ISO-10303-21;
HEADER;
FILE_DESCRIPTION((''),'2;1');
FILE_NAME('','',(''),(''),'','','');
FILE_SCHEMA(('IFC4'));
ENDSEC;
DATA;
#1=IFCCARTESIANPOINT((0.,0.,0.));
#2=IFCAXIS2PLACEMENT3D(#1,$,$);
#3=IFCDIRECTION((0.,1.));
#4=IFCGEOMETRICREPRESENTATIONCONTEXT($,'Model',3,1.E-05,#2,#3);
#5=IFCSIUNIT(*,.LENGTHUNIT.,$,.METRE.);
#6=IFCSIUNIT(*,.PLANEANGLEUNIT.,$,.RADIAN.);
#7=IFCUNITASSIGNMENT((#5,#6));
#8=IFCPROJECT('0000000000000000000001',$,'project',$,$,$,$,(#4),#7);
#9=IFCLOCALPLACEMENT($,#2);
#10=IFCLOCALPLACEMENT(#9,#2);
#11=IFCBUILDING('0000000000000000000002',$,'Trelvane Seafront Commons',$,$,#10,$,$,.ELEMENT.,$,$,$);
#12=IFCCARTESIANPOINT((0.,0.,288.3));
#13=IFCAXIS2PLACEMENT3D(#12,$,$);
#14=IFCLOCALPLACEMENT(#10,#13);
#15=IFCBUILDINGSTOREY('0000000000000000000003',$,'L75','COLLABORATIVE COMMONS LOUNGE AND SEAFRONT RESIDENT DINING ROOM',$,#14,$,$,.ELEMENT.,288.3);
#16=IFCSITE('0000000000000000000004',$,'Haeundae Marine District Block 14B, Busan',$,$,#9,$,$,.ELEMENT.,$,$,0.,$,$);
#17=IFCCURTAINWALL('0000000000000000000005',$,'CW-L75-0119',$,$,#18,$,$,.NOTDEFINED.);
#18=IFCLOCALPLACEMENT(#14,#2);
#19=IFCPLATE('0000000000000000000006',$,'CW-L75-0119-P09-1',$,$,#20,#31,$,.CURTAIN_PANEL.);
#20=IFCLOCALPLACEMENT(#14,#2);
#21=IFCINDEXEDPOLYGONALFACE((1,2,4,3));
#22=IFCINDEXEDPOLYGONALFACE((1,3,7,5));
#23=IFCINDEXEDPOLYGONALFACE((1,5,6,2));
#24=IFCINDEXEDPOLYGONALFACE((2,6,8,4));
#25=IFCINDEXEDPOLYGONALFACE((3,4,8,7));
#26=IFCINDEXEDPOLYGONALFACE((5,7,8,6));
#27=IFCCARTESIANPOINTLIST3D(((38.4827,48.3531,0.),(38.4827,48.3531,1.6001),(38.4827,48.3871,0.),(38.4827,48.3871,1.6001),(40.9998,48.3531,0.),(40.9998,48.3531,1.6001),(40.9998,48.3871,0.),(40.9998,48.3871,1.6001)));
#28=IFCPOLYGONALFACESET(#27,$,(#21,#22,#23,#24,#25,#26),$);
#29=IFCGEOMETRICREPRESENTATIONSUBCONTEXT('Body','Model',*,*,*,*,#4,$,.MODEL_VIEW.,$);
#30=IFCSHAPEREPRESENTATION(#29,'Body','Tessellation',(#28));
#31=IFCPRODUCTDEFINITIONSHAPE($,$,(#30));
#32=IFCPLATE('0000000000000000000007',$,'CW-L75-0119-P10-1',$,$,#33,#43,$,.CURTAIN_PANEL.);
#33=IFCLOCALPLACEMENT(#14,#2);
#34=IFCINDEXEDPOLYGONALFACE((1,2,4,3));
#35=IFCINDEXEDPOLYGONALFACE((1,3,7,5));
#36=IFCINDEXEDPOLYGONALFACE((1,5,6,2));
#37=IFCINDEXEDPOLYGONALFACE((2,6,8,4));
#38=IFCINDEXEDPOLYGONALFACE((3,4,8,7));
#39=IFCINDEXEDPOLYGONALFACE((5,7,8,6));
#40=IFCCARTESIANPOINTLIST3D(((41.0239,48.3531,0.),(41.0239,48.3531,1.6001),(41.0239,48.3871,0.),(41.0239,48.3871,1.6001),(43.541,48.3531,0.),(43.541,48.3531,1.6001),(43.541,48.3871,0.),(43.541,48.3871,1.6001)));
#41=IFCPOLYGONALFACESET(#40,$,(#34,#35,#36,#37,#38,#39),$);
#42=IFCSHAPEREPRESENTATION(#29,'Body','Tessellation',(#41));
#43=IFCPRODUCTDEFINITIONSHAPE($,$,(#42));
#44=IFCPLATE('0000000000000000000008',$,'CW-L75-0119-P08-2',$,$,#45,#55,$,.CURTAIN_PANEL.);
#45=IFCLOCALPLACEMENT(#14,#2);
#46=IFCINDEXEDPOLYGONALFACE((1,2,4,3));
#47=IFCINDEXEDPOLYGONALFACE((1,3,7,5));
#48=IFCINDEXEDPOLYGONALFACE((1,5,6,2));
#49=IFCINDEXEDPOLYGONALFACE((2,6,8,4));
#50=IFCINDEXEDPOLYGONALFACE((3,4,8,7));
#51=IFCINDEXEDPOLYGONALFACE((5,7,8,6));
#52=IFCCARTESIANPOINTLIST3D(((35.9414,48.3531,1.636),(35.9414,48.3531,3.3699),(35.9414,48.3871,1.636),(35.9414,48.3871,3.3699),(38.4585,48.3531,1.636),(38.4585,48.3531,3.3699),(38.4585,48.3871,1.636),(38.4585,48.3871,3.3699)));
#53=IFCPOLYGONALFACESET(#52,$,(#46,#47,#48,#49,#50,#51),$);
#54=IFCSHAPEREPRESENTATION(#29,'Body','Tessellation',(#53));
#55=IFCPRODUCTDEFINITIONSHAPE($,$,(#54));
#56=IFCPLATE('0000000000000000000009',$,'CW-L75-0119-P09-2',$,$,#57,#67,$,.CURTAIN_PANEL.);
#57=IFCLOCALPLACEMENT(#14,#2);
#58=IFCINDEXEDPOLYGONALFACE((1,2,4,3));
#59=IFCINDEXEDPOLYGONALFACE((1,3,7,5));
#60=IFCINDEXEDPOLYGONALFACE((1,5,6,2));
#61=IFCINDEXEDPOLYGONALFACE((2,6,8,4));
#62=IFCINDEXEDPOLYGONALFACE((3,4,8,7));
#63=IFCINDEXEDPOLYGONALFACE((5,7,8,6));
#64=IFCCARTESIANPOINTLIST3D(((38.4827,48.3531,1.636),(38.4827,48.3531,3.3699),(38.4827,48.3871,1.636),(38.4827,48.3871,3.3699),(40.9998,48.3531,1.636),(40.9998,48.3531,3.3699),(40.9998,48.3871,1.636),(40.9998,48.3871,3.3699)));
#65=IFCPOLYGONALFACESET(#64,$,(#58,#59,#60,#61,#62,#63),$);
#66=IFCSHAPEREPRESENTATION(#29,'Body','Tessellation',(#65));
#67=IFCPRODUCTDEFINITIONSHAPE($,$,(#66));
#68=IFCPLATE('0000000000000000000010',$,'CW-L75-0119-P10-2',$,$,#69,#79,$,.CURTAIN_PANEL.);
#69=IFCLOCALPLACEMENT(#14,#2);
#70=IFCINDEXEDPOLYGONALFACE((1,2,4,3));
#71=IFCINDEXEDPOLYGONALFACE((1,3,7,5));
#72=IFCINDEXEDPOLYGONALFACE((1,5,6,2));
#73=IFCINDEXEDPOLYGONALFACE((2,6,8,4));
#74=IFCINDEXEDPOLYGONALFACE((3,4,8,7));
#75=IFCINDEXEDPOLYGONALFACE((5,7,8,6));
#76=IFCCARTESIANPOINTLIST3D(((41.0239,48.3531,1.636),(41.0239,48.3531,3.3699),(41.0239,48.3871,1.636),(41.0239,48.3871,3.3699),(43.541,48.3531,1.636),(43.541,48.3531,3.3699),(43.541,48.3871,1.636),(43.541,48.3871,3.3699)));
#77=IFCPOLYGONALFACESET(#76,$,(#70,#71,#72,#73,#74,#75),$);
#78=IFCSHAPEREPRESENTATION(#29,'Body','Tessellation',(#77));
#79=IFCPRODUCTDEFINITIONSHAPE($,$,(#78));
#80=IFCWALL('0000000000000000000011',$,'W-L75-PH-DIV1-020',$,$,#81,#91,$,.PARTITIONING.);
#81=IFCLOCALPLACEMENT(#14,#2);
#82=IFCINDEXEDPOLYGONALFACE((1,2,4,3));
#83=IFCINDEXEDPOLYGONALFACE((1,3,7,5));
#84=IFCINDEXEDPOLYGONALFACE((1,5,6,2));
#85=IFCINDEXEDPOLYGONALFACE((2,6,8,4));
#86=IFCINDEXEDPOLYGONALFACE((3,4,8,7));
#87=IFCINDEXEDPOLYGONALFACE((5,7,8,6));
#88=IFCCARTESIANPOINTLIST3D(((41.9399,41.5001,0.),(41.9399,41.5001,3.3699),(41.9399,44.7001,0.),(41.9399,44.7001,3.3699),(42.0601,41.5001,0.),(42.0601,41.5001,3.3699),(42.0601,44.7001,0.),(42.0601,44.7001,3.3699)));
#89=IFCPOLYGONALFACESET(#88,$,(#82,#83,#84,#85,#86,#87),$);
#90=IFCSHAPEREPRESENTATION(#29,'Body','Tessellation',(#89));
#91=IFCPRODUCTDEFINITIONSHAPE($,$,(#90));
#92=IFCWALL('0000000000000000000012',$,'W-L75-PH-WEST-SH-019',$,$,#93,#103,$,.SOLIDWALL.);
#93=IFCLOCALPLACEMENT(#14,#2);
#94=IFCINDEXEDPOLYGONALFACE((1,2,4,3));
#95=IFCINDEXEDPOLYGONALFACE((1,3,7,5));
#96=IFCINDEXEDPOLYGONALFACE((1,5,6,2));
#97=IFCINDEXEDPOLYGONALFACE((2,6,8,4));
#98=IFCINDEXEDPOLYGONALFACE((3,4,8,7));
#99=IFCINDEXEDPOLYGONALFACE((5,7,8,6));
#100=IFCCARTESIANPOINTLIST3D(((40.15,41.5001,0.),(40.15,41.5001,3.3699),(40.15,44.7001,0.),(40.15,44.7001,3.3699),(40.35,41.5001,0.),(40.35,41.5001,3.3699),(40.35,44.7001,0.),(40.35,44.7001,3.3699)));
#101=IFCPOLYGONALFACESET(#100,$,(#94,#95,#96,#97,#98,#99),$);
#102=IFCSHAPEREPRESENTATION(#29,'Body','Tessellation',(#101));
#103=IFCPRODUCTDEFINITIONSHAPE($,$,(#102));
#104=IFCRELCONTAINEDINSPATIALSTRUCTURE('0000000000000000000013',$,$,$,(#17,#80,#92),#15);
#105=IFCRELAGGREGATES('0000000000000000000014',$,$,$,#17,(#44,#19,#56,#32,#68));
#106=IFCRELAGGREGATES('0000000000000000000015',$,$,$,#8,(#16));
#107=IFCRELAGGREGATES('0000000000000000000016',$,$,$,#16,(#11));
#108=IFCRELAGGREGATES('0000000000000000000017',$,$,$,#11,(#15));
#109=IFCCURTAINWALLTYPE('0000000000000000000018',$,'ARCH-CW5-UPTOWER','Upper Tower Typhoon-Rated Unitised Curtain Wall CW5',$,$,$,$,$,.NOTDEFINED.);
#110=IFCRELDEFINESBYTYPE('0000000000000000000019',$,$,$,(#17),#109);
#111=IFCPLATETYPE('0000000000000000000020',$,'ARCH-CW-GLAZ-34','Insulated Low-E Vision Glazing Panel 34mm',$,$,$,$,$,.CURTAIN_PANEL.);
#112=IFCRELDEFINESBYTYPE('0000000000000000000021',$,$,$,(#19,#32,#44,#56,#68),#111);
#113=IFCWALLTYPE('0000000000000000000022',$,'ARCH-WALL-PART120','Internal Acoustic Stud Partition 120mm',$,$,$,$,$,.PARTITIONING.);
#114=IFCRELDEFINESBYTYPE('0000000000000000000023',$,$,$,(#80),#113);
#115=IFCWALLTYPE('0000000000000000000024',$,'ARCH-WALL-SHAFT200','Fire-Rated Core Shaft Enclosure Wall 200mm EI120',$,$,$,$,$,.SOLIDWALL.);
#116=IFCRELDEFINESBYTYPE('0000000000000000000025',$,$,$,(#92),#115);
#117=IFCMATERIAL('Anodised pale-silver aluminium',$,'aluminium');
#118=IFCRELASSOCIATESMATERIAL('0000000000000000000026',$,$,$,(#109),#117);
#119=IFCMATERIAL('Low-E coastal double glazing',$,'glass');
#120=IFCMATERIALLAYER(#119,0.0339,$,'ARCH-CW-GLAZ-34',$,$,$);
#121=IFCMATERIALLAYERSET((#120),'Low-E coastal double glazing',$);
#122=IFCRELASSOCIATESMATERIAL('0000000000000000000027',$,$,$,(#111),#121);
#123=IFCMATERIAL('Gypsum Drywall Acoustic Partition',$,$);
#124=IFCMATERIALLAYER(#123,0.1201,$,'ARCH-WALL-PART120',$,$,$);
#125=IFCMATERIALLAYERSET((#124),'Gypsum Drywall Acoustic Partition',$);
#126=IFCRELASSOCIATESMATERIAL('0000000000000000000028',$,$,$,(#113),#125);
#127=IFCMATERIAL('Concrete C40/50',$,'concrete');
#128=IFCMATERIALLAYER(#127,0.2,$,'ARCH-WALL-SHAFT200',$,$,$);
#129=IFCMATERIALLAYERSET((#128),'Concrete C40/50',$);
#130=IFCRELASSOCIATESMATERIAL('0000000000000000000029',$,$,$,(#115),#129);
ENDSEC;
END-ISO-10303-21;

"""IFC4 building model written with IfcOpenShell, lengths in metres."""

from ifc_helpers import new_model, si_unit, direction, frame, frame_2d, origin, origin_2d, place, context, subcontext, project, spatial, rectangle, extrude, source, transform, mapped, material, layer, layer_set, type_object, element, aggregate, save


model = new_model("IFC4")

# Units and contexts
model_context = context("Model", 3, precision=1e-05, world=origin(), true_north=direction((0.0, 1.0)))
body_context = subcontext(model_context, "Body", "Model", "MODEL_VIEW")
ifc_project = project(units=[si_unit("LENGTHUNIT", "METRE"), si_unit("PLANEANGLEUNIT", "RADIAN")], contexts=[model_context])

# Site, building, storey
site_placement = place(None, origin())
site = spatial("IfcSite", under=ifc_project, at=site_placement, Name="Haeundae Marine District Block 14B, Busan", CompositionType="ELEMENT", RefElevation=0.0)
building_placement = place(site_placement, origin())
building = spatial("IfcBuilding", under=site, at=building_placement, Name="Trelvane Seafront Commons", CompositionType="ELEMENT")
storey_placement = place(building_placement, frame((0.0, 0.0, 288.3)))
storey = spatial("IfcBuildingStorey", under=building, at=storey_placement, Name="L75", Description="COLLABORATIVE COMMONS LOUNGE AND SEAFRONT RESIDENT DINING ROOM", CompositionType="ELEMENT", Elevation=288.3)

# Curtain wall
ifc_material_1 = material(Name="Anodised pale-silver aluminium", Category="aluminium")
curtain_wall_type = type_object("IfcCurtainWallType", Name="ARCH-CW5-UPTOWER", Description="Upper Tower Typhoon-Rated Unitised Curtain Wall CW5", PredefinedType="NOTDEFINED", material=ifc_material_1)
curtain_wall_placement = place(storey_placement, origin())
curtain_wall = element("IfcCurtainWall", 1, at=curtain_wall_placement, inside=storey, type_object=curtain_wall_type, Name="CW-L75-0119", PredefinedType="NOTDEFINED")

# Plates
ifc_material_2 = material(Name="Low-E coastal double glazing", Category="glass")
ifc_layer_1 = layer(ifc_material_2, 0.0339, Name="ARCH-CW-GLAZ-34")
ifc_layer_set_1 = layer_set([ifc_layer_1], Name="Low-E coastal double glazing")
plate_type_1 = type_object("IfcPlateType", Name="ARCH-CW-GLAZ-34", Description="Insulated Low-E Vision Glazing Panel 34mm", PredefinedType="CURTAIN_PANEL", material=ifc_layer_set_1)
shared_shape_1 = source(origin(), body_context, "Body", "SweptSolid", [
    extrude(rectangle(XDim=2.5171, YDim=0.0339, at=origin_2d()), origin(), (0.0, 0.0, 1.0), 1.6001),
])
plate_1_placement = place(storey_placement, frame((39.7412, 48.3701, 0.0), z_axis=(0.0, 0.0, 1.0), x_axis=(1.0, 0.0, 0.0)))
plate_1 = element("IfcPlate", 2, at=plate_1_placement, type_object=plate_type_1, Name="CW-L75-0119-P09-1", PredefinedType="CURTAIN_PANEL", context=body_context, shape_type="MappedRepresentation", body=[
    mapped(shared_shape_1, transform((0.0, 0.0, 0.0), x_axis=(1.0, 0.0, 0.0), y_axis=(0.0, 1.0, 0.0), z_axis=(0.0, 0.0, 1.0), scale=1.0)),
])
plate_2_placement = place(storey_placement, frame((42.2825, 48.3701, 0.0), z_axis=(0.0, 0.0, 1.0), x_axis=(1.0, 0.0, 0.0)))
plate_2 = element("IfcPlate", 3, at=plate_2_placement, type_object=plate_type_1, Name="CW-L75-0119-P10-1", PredefinedType="CURTAIN_PANEL", context=body_context, shape_type="MappedRepresentation", body=[
    mapped(shared_shape_1, transform((0.0, 0.0, 0.0), x_axis=(1.0, 0.0, 0.0), y_axis=(0.0, 1.0, 0.0), z_axis=(0.0, 0.0, 1.0), scale=1.0)),
])
shared_shape_2 = source(origin(), body_context, "Body", "SweptSolid", [
    extrude(rectangle(XDim=2.5171, YDim=0.0339, at=origin_2d()), origin(), (0.0, 0.0, 1.0), 1.7339),
])
plate_3_placement = place(storey_placement, frame((37.2, 48.3701, 1.636), z_axis=(0.0, 0.0, 1.0), x_axis=(1.0, 0.0, 0.0)))
plate_3 = element("IfcPlate", 4, at=plate_3_placement, type_object=plate_type_1, Name="CW-L75-0119-P08-2", PredefinedType="CURTAIN_PANEL", context=body_context, shape_type="MappedRepresentation", body=[
    mapped(shared_shape_2, transform((0.0, 0.0, 0.0), x_axis=(1.0, 0.0, 0.0), y_axis=(0.0, 1.0, 0.0), z_axis=(0.0, 0.0, 1.0), scale=1.0)),
])
plate_4_placement = place(storey_placement, frame((39.7412, 48.3701, 1.636), z_axis=(0.0, 0.0, 1.0), x_axis=(1.0, 0.0, 0.0)))
plate_4 = element("IfcPlate", 5, at=plate_4_placement, type_object=plate_type_1, Name="CW-L75-0119-P09-2", PredefinedType="CURTAIN_PANEL", context=body_context, shape_type="MappedRepresentation", body=[
    mapped(shared_shape_2, transform((0.0, 0.0, 0.0), x_axis=(1.0, 0.0, 0.0), y_axis=(0.0, 1.0, 0.0), z_axis=(0.0, 0.0, 1.0), scale=1.0)),
])
plate_5_placement = place(storey_placement, frame((42.2825, 48.3701, 1.636), z_axis=(0.0, 0.0, 1.0), x_axis=(1.0, 0.0, 0.0)))
plate_5 = element("IfcPlate", 6, at=plate_5_placement, type_object=plate_type_1, Name="CW-L75-0119-P10-2", PredefinedType="CURTAIN_PANEL", context=body_context, shape_type="MappedRepresentation", body=[
    mapped(shared_shape_2, transform((0.0, 0.0, 0.0), x_axis=(1.0, 0.0, 0.0), y_axis=(0.0, 1.0, 0.0), z_axis=(0.0, 0.0, 1.0), scale=1.0)),
])
aggregate(curtain_wall, [plate_3, plate_1, plate_4, plate_2, plate_5])

# Wall
ifc_material_3 = material(Name="Gypsum Drywall Acoustic Partition")
ifc_layer_2 = layer(ifc_material_3, 0.1201, Name="ARCH-WALL-PART120")
ifc_layer_set_2 = layer_set([ifc_layer_2], Name="Gypsum Drywall Acoustic Partition")
wall_type_1 = type_object("IfcWallType", Name="ARCH-WALL-PART120", Description="Internal Acoustic Stud Partition 120mm", PredefinedType="PARTITIONING", material=ifc_layer_set_2)
wall_1_placement = place(storey_placement, frame((42.0, 41.5, 0.0), z_axis=(0.0, 0.0, 1.0), x_axis=(0.0, 1.0, 0.0)))
element("IfcWall", 7, at=wall_1_placement, inside=storey, type_object=wall_type_1, Name="W-L75-PH-DIV1-020", PredefinedType="PARTITIONING", context=body_context, shape_type="SweptSolid", body=[
    extrude(rectangle(XDim=3.2, YDim=0.1201, at=frame_2d((1.6001, 0.0))), origin(), (0.0, 0.0, 1.0), 3.3699),
])

# Shared definitions
ifc_material_4 = material(Name="Concrete C40/50", Category="concrete")
ifc_layer_3 = layer(ifc_material_4, 0.2, Name="ARCH-WALL-SHAFT200")
ifc_layer_set_3 = layer_set([ifc_layer_3], Name="Concrete C40/50")
wall_type_2 = type_object("IfcWallType", Name="ARCH-WALL-SHAFT200", Description="Fire-Rated Core Shaft Enclosure Wall 200mm EI120", PredefinedType="SOLIDWALL", material=ifc_layer_set_3)

# Wall
wall_2_placement = place(storey_placement, frame((40.25, 41.5, 0.0), z_axis=(0.0, 0.0, 1.0), x_axis=(0.0, 1.0, 0.0)))
element("IfcWall", 8, at=wall_2_placement, inside=storey, type_object=wall_type_2, Name="W-L75-PH-WEST-SH-019", PredefinedType="SOLIDWALL", context=body_context, shape_type="SweptSolid", body=[
    extrude(rectangle(XDim=3.2, YDim=0.2, at=frame_2d((1.6001, 0.0))), origin(), (0.0, 0.0, 1.0), 3.3699),
])

save(model, "model.ifc")
